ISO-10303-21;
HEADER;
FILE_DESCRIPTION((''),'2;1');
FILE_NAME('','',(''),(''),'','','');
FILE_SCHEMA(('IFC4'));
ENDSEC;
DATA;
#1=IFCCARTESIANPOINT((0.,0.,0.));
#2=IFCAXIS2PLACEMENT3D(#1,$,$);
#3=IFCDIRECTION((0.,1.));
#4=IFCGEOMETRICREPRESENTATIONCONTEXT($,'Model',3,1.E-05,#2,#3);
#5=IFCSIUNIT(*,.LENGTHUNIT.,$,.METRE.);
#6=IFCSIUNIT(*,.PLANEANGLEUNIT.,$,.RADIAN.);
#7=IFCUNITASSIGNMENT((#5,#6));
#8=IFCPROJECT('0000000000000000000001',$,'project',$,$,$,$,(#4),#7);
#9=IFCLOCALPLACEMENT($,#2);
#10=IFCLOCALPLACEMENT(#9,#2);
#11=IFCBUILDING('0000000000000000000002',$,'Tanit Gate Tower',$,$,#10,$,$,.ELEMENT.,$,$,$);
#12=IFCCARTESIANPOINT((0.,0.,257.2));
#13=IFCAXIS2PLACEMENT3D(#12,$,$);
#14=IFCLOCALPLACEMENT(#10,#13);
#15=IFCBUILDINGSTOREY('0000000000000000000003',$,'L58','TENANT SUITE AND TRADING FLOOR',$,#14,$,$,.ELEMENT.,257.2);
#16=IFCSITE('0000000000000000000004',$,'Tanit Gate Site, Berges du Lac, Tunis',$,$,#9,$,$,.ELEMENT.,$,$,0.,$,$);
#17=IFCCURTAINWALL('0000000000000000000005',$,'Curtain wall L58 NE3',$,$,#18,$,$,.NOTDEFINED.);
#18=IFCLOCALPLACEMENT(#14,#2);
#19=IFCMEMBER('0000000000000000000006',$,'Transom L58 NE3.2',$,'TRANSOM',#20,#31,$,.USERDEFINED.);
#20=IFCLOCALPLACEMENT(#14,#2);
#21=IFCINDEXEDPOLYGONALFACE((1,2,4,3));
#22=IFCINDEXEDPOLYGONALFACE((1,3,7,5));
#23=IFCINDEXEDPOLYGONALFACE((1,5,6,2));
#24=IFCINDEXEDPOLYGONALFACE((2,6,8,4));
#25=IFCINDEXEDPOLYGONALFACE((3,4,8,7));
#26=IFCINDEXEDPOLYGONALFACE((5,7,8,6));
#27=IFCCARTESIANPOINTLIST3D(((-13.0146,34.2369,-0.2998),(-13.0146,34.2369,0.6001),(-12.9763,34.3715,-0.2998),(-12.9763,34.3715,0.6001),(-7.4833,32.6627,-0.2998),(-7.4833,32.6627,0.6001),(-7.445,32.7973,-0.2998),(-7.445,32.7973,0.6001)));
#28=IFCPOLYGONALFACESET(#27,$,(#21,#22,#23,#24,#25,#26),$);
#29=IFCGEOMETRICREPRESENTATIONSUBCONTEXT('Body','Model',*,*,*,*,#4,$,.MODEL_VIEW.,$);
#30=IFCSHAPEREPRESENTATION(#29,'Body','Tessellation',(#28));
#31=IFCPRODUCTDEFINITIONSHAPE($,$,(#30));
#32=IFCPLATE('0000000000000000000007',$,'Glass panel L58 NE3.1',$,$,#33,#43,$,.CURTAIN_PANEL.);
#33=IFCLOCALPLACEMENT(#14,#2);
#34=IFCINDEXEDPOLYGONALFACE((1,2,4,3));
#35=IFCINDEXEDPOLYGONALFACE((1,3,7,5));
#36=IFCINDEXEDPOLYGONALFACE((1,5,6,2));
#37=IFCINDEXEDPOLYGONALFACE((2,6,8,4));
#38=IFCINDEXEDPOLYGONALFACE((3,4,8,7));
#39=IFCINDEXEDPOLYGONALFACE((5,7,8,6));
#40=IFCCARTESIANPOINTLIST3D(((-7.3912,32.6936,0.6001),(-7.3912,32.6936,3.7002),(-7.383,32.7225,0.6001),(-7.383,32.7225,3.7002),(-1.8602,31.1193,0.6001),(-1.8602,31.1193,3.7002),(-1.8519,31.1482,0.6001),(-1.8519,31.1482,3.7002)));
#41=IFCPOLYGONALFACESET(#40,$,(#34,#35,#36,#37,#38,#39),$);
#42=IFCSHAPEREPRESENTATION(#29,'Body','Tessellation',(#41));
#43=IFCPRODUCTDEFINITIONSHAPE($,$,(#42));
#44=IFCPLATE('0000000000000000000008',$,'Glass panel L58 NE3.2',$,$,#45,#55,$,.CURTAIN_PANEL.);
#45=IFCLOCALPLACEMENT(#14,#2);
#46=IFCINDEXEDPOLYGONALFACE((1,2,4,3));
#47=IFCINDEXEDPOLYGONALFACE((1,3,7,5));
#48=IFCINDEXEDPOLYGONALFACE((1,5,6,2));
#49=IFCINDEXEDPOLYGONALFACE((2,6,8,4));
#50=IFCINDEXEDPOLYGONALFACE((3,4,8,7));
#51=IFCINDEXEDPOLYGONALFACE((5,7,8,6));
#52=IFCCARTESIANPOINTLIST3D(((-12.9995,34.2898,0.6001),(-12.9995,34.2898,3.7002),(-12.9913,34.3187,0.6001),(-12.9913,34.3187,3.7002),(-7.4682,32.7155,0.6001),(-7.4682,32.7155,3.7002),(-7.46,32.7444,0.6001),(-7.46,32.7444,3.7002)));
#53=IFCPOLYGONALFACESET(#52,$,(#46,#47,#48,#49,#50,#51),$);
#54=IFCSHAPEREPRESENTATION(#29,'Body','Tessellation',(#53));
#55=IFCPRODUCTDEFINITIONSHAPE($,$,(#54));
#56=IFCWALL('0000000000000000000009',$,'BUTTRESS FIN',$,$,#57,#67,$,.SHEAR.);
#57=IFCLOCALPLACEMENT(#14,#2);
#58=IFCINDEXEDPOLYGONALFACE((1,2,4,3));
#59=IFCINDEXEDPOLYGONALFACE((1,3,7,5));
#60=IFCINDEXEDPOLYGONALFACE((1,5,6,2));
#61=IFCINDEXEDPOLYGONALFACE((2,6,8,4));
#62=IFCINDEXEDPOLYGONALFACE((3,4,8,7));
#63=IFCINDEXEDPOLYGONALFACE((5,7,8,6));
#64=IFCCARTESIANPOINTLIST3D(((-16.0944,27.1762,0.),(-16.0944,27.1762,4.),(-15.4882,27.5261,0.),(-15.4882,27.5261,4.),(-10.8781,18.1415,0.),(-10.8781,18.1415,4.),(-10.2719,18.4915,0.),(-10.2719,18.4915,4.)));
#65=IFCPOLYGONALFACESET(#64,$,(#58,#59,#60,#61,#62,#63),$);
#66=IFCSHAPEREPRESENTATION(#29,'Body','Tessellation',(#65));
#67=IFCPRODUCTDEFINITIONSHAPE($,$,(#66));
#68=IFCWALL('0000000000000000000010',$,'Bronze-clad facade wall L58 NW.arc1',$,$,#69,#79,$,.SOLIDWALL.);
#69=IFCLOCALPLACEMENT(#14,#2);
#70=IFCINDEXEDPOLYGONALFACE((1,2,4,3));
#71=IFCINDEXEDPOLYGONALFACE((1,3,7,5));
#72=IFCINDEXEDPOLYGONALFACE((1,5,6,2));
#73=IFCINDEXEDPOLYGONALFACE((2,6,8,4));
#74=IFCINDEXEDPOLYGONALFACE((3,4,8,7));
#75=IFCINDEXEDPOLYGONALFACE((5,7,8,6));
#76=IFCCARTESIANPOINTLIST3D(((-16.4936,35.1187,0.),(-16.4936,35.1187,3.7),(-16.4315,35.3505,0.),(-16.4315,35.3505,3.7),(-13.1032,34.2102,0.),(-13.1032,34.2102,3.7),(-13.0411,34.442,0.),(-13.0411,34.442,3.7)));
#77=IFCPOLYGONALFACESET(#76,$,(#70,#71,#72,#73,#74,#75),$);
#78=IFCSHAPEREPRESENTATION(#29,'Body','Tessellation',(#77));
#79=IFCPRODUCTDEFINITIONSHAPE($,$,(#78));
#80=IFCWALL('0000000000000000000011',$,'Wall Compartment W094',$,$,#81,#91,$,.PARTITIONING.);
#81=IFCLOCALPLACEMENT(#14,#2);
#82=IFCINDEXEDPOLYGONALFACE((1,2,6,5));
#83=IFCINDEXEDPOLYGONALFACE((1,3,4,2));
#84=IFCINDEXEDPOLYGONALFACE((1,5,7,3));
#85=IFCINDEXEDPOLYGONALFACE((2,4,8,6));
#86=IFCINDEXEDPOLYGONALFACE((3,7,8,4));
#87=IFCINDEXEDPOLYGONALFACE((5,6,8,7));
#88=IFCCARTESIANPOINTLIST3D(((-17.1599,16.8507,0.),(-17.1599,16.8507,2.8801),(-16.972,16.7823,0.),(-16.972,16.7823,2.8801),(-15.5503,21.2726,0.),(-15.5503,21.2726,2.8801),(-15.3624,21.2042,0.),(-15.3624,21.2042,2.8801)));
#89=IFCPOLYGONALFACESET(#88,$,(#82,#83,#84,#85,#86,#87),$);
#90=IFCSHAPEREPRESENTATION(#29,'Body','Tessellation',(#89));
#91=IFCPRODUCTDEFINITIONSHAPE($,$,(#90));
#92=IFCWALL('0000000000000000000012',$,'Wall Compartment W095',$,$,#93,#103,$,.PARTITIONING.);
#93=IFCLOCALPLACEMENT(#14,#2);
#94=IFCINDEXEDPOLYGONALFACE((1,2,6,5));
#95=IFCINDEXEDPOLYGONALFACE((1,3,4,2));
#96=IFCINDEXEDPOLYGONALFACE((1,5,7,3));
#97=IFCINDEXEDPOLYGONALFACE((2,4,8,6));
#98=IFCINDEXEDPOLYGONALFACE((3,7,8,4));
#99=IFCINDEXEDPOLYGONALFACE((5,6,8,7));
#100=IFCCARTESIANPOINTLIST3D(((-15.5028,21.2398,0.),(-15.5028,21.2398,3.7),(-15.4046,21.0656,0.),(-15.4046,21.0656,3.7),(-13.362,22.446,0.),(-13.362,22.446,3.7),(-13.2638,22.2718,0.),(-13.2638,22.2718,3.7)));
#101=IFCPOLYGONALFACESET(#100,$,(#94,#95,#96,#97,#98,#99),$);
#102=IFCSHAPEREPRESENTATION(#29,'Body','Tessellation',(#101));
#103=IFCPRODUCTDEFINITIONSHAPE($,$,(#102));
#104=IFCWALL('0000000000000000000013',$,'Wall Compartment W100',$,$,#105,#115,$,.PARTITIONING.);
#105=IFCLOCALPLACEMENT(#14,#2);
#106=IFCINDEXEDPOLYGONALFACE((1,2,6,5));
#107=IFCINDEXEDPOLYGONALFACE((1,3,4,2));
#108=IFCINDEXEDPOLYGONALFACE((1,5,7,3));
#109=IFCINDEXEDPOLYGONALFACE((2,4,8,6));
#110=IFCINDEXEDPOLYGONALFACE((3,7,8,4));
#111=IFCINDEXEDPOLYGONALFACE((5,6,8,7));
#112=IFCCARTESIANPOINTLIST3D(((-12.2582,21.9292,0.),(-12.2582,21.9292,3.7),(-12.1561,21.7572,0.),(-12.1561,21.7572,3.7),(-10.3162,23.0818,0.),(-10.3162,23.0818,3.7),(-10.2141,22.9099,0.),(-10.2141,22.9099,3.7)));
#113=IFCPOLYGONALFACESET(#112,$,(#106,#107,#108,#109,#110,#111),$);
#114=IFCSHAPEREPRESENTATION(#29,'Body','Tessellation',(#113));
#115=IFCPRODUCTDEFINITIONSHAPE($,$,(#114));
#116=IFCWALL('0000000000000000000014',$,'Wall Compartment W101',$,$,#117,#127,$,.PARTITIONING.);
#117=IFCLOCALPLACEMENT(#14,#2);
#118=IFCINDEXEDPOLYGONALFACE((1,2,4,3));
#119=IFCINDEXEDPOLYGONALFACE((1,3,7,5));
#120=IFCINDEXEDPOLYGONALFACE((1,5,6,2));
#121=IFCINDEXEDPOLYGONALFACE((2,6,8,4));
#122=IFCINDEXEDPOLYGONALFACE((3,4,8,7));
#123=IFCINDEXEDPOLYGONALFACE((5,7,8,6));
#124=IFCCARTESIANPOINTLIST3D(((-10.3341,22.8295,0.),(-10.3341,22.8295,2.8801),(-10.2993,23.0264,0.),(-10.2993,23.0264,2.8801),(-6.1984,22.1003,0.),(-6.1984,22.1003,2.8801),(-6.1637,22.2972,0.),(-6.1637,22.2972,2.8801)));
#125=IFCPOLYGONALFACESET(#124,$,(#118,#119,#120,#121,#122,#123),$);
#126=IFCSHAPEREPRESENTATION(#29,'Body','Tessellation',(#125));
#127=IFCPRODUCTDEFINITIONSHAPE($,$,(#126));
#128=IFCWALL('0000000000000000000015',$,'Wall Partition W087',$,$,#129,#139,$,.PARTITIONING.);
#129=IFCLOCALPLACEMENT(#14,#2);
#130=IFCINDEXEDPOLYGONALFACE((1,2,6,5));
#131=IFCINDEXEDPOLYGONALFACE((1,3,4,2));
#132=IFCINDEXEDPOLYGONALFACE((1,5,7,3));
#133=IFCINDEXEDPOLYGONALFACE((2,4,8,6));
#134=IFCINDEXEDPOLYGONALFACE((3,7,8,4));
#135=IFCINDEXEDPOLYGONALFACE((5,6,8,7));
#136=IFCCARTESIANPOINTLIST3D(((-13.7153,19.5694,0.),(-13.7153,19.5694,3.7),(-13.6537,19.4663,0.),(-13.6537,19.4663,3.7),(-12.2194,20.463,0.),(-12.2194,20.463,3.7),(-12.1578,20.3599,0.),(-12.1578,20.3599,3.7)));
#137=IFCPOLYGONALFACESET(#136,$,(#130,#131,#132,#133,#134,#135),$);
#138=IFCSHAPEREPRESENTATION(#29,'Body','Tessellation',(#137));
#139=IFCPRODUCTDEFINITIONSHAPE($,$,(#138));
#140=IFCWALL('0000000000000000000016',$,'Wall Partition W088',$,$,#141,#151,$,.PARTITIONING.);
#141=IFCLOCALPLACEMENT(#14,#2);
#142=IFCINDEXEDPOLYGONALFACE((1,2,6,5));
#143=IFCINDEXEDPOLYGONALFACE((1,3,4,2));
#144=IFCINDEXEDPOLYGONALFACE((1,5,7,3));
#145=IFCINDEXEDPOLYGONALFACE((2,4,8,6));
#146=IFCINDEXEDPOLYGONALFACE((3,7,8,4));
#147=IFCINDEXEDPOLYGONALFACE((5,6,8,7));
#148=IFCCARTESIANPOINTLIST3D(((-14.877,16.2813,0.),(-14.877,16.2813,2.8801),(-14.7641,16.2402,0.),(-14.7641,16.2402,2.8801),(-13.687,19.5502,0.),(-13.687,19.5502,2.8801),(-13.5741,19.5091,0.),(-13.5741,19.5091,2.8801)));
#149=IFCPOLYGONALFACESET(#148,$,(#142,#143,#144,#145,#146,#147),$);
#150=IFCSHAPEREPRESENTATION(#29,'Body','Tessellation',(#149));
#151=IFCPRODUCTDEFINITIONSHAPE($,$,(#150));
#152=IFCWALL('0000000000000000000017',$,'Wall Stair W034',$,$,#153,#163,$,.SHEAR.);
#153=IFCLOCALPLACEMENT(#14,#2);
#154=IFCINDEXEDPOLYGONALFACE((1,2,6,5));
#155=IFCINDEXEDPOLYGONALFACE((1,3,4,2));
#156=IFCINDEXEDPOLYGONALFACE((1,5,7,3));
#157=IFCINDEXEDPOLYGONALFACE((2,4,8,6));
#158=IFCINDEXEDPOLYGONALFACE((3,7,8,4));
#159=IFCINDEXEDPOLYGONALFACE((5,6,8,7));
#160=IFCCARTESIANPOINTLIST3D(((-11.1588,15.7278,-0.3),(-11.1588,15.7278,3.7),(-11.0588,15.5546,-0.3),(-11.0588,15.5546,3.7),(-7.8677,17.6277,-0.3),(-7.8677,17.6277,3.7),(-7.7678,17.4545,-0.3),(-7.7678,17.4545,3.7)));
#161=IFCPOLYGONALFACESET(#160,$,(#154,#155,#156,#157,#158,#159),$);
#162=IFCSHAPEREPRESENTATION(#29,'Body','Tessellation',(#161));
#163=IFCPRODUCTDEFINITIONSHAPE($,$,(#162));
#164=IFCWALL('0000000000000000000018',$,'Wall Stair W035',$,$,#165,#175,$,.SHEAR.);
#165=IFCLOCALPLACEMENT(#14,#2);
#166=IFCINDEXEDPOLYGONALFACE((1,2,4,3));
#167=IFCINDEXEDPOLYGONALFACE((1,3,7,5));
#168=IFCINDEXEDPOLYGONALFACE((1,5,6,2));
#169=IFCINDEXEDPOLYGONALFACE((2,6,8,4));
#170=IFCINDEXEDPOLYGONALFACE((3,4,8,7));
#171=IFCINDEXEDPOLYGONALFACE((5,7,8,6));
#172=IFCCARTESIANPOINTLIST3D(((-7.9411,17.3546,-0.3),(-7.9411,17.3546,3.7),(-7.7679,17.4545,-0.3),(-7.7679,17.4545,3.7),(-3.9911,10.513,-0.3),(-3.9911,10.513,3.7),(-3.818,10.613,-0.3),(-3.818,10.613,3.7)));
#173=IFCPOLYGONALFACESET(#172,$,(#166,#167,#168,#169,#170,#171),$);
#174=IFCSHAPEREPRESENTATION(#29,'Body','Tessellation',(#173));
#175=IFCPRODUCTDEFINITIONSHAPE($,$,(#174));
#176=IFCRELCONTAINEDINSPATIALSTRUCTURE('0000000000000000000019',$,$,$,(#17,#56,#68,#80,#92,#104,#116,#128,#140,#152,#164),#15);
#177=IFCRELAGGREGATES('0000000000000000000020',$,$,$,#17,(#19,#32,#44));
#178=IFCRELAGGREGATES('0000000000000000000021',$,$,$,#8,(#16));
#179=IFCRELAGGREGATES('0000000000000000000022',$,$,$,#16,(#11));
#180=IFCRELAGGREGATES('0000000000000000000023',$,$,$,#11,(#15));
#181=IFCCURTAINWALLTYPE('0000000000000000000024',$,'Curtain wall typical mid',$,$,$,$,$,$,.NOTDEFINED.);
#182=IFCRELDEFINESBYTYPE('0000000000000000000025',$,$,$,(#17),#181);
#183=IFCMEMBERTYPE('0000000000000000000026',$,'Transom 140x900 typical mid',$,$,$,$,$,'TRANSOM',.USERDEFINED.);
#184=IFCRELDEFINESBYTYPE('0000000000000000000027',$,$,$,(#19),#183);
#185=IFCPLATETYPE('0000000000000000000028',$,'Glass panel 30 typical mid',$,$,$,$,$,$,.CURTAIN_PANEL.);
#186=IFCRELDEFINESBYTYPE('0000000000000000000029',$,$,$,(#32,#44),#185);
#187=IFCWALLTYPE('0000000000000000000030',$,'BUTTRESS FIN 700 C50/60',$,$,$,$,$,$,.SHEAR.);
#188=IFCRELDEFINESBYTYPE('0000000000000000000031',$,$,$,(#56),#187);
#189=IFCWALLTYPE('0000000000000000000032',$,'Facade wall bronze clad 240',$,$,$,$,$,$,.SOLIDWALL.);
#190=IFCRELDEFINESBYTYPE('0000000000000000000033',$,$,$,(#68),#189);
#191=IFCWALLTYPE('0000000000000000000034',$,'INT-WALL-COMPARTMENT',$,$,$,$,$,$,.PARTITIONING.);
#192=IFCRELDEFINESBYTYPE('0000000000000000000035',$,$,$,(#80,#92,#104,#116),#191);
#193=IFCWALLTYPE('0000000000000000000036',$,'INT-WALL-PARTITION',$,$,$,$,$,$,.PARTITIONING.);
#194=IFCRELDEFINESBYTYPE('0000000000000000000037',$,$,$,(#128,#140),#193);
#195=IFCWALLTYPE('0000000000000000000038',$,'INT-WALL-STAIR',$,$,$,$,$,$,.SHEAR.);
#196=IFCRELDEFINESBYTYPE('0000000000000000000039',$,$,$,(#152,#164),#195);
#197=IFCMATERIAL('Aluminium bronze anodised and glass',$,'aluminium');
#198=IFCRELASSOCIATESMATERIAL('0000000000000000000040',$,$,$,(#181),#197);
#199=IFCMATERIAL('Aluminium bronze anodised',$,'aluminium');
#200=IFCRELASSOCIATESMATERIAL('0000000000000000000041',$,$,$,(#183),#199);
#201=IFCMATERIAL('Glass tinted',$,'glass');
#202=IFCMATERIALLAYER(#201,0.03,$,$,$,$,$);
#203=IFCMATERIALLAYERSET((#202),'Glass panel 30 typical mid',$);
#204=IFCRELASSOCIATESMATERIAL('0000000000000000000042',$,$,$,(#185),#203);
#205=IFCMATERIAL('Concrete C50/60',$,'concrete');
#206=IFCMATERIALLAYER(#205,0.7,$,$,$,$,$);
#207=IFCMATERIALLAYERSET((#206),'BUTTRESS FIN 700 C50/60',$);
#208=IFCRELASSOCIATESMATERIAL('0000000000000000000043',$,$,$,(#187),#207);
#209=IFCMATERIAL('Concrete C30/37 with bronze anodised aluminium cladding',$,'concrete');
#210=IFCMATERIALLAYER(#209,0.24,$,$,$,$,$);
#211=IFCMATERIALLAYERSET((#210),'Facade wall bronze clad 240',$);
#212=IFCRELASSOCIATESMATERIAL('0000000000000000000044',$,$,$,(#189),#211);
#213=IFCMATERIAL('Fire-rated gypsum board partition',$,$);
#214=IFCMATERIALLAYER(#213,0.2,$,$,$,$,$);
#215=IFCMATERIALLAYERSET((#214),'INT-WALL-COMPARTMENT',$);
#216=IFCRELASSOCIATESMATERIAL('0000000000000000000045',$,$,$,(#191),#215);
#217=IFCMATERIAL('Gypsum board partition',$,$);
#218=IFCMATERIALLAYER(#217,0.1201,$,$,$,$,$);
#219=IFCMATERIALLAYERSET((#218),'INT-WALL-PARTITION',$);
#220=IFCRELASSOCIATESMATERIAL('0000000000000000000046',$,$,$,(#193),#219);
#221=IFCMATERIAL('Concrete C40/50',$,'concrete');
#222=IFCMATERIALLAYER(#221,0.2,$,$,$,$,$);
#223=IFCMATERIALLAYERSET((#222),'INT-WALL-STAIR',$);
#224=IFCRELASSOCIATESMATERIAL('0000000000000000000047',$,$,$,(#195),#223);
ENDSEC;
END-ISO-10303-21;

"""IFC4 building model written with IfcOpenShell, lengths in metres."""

from ifc_helpers import new_model, si_unit, direction, frame, frame_2d, origin, origin_2d, place, context, subcontext, project, spatial, rectangle, extrude, material, layer, layer_set, material_profile, profile_set, type_object, element, aggregate, save


model = new_model("IFC4")

# Units and contexts
model_context = context("Model", 3, precision=1e-05, world=origin(), true_north=direction((0.0, 1.0)))
body_context = subcontext(model_context, "Body", "Model", "MODEL_VIEW")
ifc_project = project(units=[si_unit("LENGTHUNIT", "METRE"), si_unit("PLANEANGLEUNIT", "RADIAN")], contexts=[model_context])

# Site, building, storey
site_placement = place(None, origin())
site = spatial("IfcSite", under=ifc_project, at=site_placement, Name="Tanit Gate Site, Berges du Lac, Tunis", CompositionType="ELEMENT", RefElevation=0.0)
building_placement = place(site_placement, origin())
building = spatial("IfcBuilding", under=site, at=building_placement, Name="Tanit Gate Tower", CompositionType="ELEMENT")
storey_placement = place(building_placement, frame((0.0, 0.0, 257.2)))
storey = spatial("IfcBuildingStorey", under=building, at=storey_placement, Name="L58", Description="TENANT SUITE AND TRADING FLOOR", CompositionType="ELEMENT", Elevation=257.2)

# Curtain wall
ifc_material_1 = material(Name="Aluminium bronze anodised and glass", Category="aluminium")
curtain_wall_type = type_object("IfcCurtainWallType", Name="Curtain wall typical mid", PredefinedType="NOTDEFINED", material=ifc_material_1)
curtain_wall_placement = place(storey_placement, origin())
curtain_wall = element("IfcCurtainWall", 1, at=curtain_wall_placement, inside=storey, type_object=curtain_wall_type, Name="Curtain wall L58 NE3", PredefinedType="NOTDEFINED")

# Member
ifc_material_2 = material(Name="Aluminium bronze anodised", Category="aluminium")
ifc_material_profile_1 = material_profile(ifc_material_2, rectangle(XDim=0.1399, YDim=0.8999, at=origin_2d()), Name="140x900 bronze transom")
ifc_profile_set_1 = profile_set([ifc_material_profile_1], Name="Aluminium bronze anodised")
member_type_1 = type_object("IfcMemberType", Name="Transom 140x900 typical mid", ElementType="TRANSOM", PredefinedType="USERDEFINED", material=ifc_profile_set_1)
member_1_placement = place(storey_placement, frame((-7.4641, 32.73, 0.1501), z_axis=(-0.961805, 0.273734, 0.0), x_axis=(-0.273734, -0.961805, 0.0)))
member_1 = element("IfcMember", 2, at=member_1_placement, type_object=member_type_1, Name="Transom L58 NE3.2", ObjectType="TRANSOM", PredefinedType="USERDEFINED", context=body_context, shape_type="SweptSolid", body=[
    extrude(rectangle(XDim=0.1399, YDim=0.8999, at=origin_2d()), origin(), (0.0, 0.0, 1.0), 5.751),
])

# Plates
ifc_material_3 = material(Name="Glass tinted", Category="glass")
ifc_layer_1 = layer(ifc_material_3, 0.03)
ifc_layer_set_1 = layer_set([ifc_layer_1], Name="Glass panel 30 typical mid")
plate_type = type_object("IfcPlateType", Name="Glass panel 30 typical mid", PredefinedType="CURTAIN_PANEL", material=ifc_layer_set_1)
plate_1_placement = place(storey_placement, frame((-4.6216, 31.9209, 0.6001), z_axis=(0.0, 0.0, 1.0), x_axis=(-0.961803, 0.273744, 0.0)))
plate_1 = element("IfcPlate", 3, at=plate_1_placement, type_object=plate_type, Name="Glass panel L58 NE3.1", PredefinedType="CURTAIN_PANEL", context=body_context, shape_type="SweptSolid", body=[
    extrude(rectangle(XDim=5.7507, YDim=0.03, at=origin_2d()), origin(), (0.0, 0.0, 1.0), 3.1001),
])
plate_2_placement = place(storey_placement, frame((-10.2297, 33.5171, 0.6001), z_axis=(0.0, 0.0, 1.0), x_axis=(-0.961803, 0.273744, 0.0)))
plate_2 = element("IfcPlate", 4, at=plate_2_placement, type_object=plate_type, Name="Glass panel L58 NE3.2", PredefinedType="CURTAIN_PANEL", context=body_context, shape_type="SweptSolid", body=[
    extrude(rectangle(XDim=5.751, YDim=0.03, at=origin_2d()), origin(), (0.0, 0.0, 1.0), 3.1001),
])
aggregate(curtain_wall, [member_1, plate_1, plate_2])

# Walls
ifc_material_4 = material(Name="Concrete C50/60", Category="concrete")
ifc_layer_2 = layer(ifc_material_4, 0.7)
ifc_layer_set_2 = layer_set([ifc_layer_2], Name="BUTTRESS FIN 700 C50/60")
wall_type_1 = type_object("IfcWallType", Name="BUTTRESS FIN 700 C50/60", PredefinedType="SHEAR", material=ifc_layer_set_2)
wall_1_placement = place(storey_placement, frame((-10.575, 18.3164, 0.0), z_axis=(0.0, 0.0, 1.0), x_axis=(-0.50001, 0.86602, 0.0)))
element("IfcWall", 5, at=wall_1_placement, inside=storey, type_object=wall_type_1, Name="BUTTRESS FIN", PredefinedType="SHEAR", context=body_context, shape_type="SweptSolid", body=[
    extrude(rectangle(XDim=10.4324, YDim=0.7, at=frame_2d((5.2163, 0.0))), origin(), (0.0, 0.0, 1.0), 4.0),
])
ifc_material_5 = material(Name="Concrete C30/37 with bronze anodised aluminium cladding", Category="concrete")
ifc_layer_3 = layer(ifc_material_5, 0.24)
ifc_layer_set_3 = layer_set([ifc_layer_3], Name="Facade wall bronze clad 240")
wall_type_2 = type_object("IfcWallType", Name="Facade wall bronze clad 240", PredefinedType="SOLIDWALL", material=ifc_layer_set_3)
wall_2_placement = place(storey_placement, frame((-13.0723, 34.3262, 0.0), z_axis=(0.0, 0.0, 1.0), x_axis=(-0.965926, 0.258818, 0.0)))
element("IfcWall", 6, at=wall_2_placement, inside=storey, type_object=wall_type_2, Name="Bronze-clad facade wall L58 NW.arc1", PredefinedType="SOLIDWALL", context=body_context, shape_type="SweptSolid", body=[
    extrude(rectangle(XDim=3.51, YDim=0.24, at=frame_2d((1.7549, 0.0))), origin(), (0.0, 0.0, 1.0), 3.7),
])
ifc_material_6 = material(Name="Fire-rated gypsum board partition")
ifc_layer_4 = layer(ifc_material_6, 0.2)
ifc_layer_set_4 = layer_set([ifc_layer_4], Name="INT-WALL-COMPARTMENT")
wall_type_3 = type_object("IfcWallType", Name="INT-WALL-COMPARTMENT", PredefinedType="PARTITIONING", material=ifc_layer_set_4)
wall_3_placement = place(storey_placement, frame((-15.4563, 21.2385, 0.0), z_axis=(0.0, 0.0, 1.0), x_axis=(-0.342055, -0.93968, 0.0)))
element("IfcWall", 7, at=wall_3_placement, inside=storey, type_object=wall_type_3, Name="Wall Compartment W094", PredefinedType="PARTITIONING", context=body_context, shape_type="SweptSolid", body=[
    extrude(rectangle(XDim=4.7058, YDim=0.2, at=frame_2d((2.353, 0.0))), origin(), (0.0, 0.0, 1.0), 2.8801),
])
wall_4_placement = place(storey_placement, frame((-13.313, 22.3589, 0.0), z_axis=(0.0, 0.0, 1.0), x_axis=(-0.871217, -0.490898, 0.0)))
element("IfcWall", 8, at=wall_4_placement, inside=storey, type_object=wall_type_3, Name="Wall Compartment W095", PredefinedType="PARTITIONING", context=body_context, shape_type="SweptSolid", body=[
    extrude(rectangle(XDim=2.4573, YDim=0.2, at=frame_2d((1.2285, 0.0))), origin(), (0.0, 0.0, 1.0), 3.7),
])
wall_5_placement = place(storey_placement, frame((-10.2651, 22.9958, 0.0), z_axis=(0.0, 0.0, 1.0), x_axis=(-0.859935, -0.510404, 0.0)))
element("IfcWall", 9, at=wall_5_placement, inside=storey, type_object=wall_type_3, Name="Wall Compartment W100", PredefinedType="PARTITIONING", context=body_context, shape_type="SweptSolid", body=[
    extrude(rectangle(XDim=2.2583, YDim=0.2, at=frame_2d((1.1292, 0.0))), origin(), (0.0, 0.0, 1.0), 3.7),
])
wall_6_placement = place(storey_placement, frame((-6.1812, 22.1987, 0.0), z_axis=(0.0, 0.0, 1.0), x_axis=(-0.984808, 0.173649, 0.0)))
element("IfcWall", 10, at=wall_6_placement, inside=storey, type_object=wall_type_3, Name="Wall Compartment W101", PredefinedType="PARTITIONING", context=body_context, shape_type="SweptSolid", body=[
    extrude(rectangle(XDim=4.1995, YDim=0.2, at=frame_2d((2.0996, 0.0))), origin(), (0.0, 0.0, 1.0), 2.8801),
])
ifc_material_7 = material(Name="Gypsum board partition")
ifc_layer_5 = layer(ifc_material_7, 0.1201)
ifc_layer_set_5 = layer_set([ifc_layer_5], Name="INT-WALL-PARTITION")
wall_type_4 = type_object("IfcWallType", Name="INT-WALL-PARTITION", PredefinedType="PARTITIONING", material=ifc_layer_set_5)
wall_7_placement = place(storey_placement, frame((-12.1887, 20.4114, 0.0), z_axis=(0.0, 0.0, 1.0), x_axis=(-0.858493, -0.512826, 0.0)))
element("IfcWall", 11, at=wall_7_placement, inside=storey, type_object=wall_type_4, Name="Wall Partition W087", PredefinedType="PARTITIONING", context=body_context, shape_type="SweptSolid", body=[
    extrude(rectangle(XDim=1.7424, YDim=0.1201, at=frame_2d((0.8711, 0.0))), origin(), (0.0, 0.0, 1.0), 3.7),
])
wall_8_placement = place(storey_placement, frame((-13.6306, 19.5295, 0.0), z_axis=(0.0, 0.0, 1.0), x_axis=(-0.34207, -0.939675, 0.0)))
element("IfcWall", 12, at=wall_8_placement, inside=storey, type_object=wall_type_4, Name="Wall Partition W088", PredefinedType="PARTITIONING", context=body_context, shape_type="SweptSolid", body=[
    extrude(rectangle(XDim=3.4788, YDim=0.1201, at=frame_2d((1.7393, 0.0))), origin(), (0.0, 0.0, 1.0), 2.8801),
])
ifc_material_8 = material(Name="Concrete C40/50", Category="concrete")
ifc_layer_6 = layer(ifc_material_8, 0.2)
ifc_layer_set_6 = layer_set([ifc_layer_6], Name="INT-WALL-STAIR")
wall_type_5 = type_object("IfcWallType", Name="INT-WALL-STAIR", PredefinedType="SHEAR", material=ifc_layer_set_6)
wall_9_placement = place(storey_placement, frame((-7.8179, 17.541, -0.3), z_axis=(0.0, 0.0, 1.0), x_axis=(-0.866044, -0.499967, 0.0)))
element("IfcWall", 13, at=wall_9_placement, inside=storey, type_object=wall_type_5, Name="Wall Stair W034", PredefinedType="SHEAR", context=body_context, shape_type="SweptSolid", body=[
    extrude(rectangle(XDim=3.8, YDim=0.2, at=frame_2d((1.8999, 0.0))), origin(), (0.0, 0.0, 1.0), 4.0),
])
wall_10_placement = place(storey_placement, frame((-7.8545, 17.4045, -0.3), z_axis=(0.0, 0.0, 1.0), x_axis=(0.499998, -0.866027, 0.0)))
element("IfcWall", 14, at=wall_10_placement, inside=storey, type_object=wall_type_5, Name="Wall Stair W035", PredefinedType="SHEAR", context=body_context, shape_type="SweptSolid", body=[
    extrude(rectangle(XDim=7.8999, YDim=0.2, at=frame_2d((3.95, 0.0))), origin(), (0.0, 0.0, 1.0), 4.0),
])

save(model, "model.ifc")
